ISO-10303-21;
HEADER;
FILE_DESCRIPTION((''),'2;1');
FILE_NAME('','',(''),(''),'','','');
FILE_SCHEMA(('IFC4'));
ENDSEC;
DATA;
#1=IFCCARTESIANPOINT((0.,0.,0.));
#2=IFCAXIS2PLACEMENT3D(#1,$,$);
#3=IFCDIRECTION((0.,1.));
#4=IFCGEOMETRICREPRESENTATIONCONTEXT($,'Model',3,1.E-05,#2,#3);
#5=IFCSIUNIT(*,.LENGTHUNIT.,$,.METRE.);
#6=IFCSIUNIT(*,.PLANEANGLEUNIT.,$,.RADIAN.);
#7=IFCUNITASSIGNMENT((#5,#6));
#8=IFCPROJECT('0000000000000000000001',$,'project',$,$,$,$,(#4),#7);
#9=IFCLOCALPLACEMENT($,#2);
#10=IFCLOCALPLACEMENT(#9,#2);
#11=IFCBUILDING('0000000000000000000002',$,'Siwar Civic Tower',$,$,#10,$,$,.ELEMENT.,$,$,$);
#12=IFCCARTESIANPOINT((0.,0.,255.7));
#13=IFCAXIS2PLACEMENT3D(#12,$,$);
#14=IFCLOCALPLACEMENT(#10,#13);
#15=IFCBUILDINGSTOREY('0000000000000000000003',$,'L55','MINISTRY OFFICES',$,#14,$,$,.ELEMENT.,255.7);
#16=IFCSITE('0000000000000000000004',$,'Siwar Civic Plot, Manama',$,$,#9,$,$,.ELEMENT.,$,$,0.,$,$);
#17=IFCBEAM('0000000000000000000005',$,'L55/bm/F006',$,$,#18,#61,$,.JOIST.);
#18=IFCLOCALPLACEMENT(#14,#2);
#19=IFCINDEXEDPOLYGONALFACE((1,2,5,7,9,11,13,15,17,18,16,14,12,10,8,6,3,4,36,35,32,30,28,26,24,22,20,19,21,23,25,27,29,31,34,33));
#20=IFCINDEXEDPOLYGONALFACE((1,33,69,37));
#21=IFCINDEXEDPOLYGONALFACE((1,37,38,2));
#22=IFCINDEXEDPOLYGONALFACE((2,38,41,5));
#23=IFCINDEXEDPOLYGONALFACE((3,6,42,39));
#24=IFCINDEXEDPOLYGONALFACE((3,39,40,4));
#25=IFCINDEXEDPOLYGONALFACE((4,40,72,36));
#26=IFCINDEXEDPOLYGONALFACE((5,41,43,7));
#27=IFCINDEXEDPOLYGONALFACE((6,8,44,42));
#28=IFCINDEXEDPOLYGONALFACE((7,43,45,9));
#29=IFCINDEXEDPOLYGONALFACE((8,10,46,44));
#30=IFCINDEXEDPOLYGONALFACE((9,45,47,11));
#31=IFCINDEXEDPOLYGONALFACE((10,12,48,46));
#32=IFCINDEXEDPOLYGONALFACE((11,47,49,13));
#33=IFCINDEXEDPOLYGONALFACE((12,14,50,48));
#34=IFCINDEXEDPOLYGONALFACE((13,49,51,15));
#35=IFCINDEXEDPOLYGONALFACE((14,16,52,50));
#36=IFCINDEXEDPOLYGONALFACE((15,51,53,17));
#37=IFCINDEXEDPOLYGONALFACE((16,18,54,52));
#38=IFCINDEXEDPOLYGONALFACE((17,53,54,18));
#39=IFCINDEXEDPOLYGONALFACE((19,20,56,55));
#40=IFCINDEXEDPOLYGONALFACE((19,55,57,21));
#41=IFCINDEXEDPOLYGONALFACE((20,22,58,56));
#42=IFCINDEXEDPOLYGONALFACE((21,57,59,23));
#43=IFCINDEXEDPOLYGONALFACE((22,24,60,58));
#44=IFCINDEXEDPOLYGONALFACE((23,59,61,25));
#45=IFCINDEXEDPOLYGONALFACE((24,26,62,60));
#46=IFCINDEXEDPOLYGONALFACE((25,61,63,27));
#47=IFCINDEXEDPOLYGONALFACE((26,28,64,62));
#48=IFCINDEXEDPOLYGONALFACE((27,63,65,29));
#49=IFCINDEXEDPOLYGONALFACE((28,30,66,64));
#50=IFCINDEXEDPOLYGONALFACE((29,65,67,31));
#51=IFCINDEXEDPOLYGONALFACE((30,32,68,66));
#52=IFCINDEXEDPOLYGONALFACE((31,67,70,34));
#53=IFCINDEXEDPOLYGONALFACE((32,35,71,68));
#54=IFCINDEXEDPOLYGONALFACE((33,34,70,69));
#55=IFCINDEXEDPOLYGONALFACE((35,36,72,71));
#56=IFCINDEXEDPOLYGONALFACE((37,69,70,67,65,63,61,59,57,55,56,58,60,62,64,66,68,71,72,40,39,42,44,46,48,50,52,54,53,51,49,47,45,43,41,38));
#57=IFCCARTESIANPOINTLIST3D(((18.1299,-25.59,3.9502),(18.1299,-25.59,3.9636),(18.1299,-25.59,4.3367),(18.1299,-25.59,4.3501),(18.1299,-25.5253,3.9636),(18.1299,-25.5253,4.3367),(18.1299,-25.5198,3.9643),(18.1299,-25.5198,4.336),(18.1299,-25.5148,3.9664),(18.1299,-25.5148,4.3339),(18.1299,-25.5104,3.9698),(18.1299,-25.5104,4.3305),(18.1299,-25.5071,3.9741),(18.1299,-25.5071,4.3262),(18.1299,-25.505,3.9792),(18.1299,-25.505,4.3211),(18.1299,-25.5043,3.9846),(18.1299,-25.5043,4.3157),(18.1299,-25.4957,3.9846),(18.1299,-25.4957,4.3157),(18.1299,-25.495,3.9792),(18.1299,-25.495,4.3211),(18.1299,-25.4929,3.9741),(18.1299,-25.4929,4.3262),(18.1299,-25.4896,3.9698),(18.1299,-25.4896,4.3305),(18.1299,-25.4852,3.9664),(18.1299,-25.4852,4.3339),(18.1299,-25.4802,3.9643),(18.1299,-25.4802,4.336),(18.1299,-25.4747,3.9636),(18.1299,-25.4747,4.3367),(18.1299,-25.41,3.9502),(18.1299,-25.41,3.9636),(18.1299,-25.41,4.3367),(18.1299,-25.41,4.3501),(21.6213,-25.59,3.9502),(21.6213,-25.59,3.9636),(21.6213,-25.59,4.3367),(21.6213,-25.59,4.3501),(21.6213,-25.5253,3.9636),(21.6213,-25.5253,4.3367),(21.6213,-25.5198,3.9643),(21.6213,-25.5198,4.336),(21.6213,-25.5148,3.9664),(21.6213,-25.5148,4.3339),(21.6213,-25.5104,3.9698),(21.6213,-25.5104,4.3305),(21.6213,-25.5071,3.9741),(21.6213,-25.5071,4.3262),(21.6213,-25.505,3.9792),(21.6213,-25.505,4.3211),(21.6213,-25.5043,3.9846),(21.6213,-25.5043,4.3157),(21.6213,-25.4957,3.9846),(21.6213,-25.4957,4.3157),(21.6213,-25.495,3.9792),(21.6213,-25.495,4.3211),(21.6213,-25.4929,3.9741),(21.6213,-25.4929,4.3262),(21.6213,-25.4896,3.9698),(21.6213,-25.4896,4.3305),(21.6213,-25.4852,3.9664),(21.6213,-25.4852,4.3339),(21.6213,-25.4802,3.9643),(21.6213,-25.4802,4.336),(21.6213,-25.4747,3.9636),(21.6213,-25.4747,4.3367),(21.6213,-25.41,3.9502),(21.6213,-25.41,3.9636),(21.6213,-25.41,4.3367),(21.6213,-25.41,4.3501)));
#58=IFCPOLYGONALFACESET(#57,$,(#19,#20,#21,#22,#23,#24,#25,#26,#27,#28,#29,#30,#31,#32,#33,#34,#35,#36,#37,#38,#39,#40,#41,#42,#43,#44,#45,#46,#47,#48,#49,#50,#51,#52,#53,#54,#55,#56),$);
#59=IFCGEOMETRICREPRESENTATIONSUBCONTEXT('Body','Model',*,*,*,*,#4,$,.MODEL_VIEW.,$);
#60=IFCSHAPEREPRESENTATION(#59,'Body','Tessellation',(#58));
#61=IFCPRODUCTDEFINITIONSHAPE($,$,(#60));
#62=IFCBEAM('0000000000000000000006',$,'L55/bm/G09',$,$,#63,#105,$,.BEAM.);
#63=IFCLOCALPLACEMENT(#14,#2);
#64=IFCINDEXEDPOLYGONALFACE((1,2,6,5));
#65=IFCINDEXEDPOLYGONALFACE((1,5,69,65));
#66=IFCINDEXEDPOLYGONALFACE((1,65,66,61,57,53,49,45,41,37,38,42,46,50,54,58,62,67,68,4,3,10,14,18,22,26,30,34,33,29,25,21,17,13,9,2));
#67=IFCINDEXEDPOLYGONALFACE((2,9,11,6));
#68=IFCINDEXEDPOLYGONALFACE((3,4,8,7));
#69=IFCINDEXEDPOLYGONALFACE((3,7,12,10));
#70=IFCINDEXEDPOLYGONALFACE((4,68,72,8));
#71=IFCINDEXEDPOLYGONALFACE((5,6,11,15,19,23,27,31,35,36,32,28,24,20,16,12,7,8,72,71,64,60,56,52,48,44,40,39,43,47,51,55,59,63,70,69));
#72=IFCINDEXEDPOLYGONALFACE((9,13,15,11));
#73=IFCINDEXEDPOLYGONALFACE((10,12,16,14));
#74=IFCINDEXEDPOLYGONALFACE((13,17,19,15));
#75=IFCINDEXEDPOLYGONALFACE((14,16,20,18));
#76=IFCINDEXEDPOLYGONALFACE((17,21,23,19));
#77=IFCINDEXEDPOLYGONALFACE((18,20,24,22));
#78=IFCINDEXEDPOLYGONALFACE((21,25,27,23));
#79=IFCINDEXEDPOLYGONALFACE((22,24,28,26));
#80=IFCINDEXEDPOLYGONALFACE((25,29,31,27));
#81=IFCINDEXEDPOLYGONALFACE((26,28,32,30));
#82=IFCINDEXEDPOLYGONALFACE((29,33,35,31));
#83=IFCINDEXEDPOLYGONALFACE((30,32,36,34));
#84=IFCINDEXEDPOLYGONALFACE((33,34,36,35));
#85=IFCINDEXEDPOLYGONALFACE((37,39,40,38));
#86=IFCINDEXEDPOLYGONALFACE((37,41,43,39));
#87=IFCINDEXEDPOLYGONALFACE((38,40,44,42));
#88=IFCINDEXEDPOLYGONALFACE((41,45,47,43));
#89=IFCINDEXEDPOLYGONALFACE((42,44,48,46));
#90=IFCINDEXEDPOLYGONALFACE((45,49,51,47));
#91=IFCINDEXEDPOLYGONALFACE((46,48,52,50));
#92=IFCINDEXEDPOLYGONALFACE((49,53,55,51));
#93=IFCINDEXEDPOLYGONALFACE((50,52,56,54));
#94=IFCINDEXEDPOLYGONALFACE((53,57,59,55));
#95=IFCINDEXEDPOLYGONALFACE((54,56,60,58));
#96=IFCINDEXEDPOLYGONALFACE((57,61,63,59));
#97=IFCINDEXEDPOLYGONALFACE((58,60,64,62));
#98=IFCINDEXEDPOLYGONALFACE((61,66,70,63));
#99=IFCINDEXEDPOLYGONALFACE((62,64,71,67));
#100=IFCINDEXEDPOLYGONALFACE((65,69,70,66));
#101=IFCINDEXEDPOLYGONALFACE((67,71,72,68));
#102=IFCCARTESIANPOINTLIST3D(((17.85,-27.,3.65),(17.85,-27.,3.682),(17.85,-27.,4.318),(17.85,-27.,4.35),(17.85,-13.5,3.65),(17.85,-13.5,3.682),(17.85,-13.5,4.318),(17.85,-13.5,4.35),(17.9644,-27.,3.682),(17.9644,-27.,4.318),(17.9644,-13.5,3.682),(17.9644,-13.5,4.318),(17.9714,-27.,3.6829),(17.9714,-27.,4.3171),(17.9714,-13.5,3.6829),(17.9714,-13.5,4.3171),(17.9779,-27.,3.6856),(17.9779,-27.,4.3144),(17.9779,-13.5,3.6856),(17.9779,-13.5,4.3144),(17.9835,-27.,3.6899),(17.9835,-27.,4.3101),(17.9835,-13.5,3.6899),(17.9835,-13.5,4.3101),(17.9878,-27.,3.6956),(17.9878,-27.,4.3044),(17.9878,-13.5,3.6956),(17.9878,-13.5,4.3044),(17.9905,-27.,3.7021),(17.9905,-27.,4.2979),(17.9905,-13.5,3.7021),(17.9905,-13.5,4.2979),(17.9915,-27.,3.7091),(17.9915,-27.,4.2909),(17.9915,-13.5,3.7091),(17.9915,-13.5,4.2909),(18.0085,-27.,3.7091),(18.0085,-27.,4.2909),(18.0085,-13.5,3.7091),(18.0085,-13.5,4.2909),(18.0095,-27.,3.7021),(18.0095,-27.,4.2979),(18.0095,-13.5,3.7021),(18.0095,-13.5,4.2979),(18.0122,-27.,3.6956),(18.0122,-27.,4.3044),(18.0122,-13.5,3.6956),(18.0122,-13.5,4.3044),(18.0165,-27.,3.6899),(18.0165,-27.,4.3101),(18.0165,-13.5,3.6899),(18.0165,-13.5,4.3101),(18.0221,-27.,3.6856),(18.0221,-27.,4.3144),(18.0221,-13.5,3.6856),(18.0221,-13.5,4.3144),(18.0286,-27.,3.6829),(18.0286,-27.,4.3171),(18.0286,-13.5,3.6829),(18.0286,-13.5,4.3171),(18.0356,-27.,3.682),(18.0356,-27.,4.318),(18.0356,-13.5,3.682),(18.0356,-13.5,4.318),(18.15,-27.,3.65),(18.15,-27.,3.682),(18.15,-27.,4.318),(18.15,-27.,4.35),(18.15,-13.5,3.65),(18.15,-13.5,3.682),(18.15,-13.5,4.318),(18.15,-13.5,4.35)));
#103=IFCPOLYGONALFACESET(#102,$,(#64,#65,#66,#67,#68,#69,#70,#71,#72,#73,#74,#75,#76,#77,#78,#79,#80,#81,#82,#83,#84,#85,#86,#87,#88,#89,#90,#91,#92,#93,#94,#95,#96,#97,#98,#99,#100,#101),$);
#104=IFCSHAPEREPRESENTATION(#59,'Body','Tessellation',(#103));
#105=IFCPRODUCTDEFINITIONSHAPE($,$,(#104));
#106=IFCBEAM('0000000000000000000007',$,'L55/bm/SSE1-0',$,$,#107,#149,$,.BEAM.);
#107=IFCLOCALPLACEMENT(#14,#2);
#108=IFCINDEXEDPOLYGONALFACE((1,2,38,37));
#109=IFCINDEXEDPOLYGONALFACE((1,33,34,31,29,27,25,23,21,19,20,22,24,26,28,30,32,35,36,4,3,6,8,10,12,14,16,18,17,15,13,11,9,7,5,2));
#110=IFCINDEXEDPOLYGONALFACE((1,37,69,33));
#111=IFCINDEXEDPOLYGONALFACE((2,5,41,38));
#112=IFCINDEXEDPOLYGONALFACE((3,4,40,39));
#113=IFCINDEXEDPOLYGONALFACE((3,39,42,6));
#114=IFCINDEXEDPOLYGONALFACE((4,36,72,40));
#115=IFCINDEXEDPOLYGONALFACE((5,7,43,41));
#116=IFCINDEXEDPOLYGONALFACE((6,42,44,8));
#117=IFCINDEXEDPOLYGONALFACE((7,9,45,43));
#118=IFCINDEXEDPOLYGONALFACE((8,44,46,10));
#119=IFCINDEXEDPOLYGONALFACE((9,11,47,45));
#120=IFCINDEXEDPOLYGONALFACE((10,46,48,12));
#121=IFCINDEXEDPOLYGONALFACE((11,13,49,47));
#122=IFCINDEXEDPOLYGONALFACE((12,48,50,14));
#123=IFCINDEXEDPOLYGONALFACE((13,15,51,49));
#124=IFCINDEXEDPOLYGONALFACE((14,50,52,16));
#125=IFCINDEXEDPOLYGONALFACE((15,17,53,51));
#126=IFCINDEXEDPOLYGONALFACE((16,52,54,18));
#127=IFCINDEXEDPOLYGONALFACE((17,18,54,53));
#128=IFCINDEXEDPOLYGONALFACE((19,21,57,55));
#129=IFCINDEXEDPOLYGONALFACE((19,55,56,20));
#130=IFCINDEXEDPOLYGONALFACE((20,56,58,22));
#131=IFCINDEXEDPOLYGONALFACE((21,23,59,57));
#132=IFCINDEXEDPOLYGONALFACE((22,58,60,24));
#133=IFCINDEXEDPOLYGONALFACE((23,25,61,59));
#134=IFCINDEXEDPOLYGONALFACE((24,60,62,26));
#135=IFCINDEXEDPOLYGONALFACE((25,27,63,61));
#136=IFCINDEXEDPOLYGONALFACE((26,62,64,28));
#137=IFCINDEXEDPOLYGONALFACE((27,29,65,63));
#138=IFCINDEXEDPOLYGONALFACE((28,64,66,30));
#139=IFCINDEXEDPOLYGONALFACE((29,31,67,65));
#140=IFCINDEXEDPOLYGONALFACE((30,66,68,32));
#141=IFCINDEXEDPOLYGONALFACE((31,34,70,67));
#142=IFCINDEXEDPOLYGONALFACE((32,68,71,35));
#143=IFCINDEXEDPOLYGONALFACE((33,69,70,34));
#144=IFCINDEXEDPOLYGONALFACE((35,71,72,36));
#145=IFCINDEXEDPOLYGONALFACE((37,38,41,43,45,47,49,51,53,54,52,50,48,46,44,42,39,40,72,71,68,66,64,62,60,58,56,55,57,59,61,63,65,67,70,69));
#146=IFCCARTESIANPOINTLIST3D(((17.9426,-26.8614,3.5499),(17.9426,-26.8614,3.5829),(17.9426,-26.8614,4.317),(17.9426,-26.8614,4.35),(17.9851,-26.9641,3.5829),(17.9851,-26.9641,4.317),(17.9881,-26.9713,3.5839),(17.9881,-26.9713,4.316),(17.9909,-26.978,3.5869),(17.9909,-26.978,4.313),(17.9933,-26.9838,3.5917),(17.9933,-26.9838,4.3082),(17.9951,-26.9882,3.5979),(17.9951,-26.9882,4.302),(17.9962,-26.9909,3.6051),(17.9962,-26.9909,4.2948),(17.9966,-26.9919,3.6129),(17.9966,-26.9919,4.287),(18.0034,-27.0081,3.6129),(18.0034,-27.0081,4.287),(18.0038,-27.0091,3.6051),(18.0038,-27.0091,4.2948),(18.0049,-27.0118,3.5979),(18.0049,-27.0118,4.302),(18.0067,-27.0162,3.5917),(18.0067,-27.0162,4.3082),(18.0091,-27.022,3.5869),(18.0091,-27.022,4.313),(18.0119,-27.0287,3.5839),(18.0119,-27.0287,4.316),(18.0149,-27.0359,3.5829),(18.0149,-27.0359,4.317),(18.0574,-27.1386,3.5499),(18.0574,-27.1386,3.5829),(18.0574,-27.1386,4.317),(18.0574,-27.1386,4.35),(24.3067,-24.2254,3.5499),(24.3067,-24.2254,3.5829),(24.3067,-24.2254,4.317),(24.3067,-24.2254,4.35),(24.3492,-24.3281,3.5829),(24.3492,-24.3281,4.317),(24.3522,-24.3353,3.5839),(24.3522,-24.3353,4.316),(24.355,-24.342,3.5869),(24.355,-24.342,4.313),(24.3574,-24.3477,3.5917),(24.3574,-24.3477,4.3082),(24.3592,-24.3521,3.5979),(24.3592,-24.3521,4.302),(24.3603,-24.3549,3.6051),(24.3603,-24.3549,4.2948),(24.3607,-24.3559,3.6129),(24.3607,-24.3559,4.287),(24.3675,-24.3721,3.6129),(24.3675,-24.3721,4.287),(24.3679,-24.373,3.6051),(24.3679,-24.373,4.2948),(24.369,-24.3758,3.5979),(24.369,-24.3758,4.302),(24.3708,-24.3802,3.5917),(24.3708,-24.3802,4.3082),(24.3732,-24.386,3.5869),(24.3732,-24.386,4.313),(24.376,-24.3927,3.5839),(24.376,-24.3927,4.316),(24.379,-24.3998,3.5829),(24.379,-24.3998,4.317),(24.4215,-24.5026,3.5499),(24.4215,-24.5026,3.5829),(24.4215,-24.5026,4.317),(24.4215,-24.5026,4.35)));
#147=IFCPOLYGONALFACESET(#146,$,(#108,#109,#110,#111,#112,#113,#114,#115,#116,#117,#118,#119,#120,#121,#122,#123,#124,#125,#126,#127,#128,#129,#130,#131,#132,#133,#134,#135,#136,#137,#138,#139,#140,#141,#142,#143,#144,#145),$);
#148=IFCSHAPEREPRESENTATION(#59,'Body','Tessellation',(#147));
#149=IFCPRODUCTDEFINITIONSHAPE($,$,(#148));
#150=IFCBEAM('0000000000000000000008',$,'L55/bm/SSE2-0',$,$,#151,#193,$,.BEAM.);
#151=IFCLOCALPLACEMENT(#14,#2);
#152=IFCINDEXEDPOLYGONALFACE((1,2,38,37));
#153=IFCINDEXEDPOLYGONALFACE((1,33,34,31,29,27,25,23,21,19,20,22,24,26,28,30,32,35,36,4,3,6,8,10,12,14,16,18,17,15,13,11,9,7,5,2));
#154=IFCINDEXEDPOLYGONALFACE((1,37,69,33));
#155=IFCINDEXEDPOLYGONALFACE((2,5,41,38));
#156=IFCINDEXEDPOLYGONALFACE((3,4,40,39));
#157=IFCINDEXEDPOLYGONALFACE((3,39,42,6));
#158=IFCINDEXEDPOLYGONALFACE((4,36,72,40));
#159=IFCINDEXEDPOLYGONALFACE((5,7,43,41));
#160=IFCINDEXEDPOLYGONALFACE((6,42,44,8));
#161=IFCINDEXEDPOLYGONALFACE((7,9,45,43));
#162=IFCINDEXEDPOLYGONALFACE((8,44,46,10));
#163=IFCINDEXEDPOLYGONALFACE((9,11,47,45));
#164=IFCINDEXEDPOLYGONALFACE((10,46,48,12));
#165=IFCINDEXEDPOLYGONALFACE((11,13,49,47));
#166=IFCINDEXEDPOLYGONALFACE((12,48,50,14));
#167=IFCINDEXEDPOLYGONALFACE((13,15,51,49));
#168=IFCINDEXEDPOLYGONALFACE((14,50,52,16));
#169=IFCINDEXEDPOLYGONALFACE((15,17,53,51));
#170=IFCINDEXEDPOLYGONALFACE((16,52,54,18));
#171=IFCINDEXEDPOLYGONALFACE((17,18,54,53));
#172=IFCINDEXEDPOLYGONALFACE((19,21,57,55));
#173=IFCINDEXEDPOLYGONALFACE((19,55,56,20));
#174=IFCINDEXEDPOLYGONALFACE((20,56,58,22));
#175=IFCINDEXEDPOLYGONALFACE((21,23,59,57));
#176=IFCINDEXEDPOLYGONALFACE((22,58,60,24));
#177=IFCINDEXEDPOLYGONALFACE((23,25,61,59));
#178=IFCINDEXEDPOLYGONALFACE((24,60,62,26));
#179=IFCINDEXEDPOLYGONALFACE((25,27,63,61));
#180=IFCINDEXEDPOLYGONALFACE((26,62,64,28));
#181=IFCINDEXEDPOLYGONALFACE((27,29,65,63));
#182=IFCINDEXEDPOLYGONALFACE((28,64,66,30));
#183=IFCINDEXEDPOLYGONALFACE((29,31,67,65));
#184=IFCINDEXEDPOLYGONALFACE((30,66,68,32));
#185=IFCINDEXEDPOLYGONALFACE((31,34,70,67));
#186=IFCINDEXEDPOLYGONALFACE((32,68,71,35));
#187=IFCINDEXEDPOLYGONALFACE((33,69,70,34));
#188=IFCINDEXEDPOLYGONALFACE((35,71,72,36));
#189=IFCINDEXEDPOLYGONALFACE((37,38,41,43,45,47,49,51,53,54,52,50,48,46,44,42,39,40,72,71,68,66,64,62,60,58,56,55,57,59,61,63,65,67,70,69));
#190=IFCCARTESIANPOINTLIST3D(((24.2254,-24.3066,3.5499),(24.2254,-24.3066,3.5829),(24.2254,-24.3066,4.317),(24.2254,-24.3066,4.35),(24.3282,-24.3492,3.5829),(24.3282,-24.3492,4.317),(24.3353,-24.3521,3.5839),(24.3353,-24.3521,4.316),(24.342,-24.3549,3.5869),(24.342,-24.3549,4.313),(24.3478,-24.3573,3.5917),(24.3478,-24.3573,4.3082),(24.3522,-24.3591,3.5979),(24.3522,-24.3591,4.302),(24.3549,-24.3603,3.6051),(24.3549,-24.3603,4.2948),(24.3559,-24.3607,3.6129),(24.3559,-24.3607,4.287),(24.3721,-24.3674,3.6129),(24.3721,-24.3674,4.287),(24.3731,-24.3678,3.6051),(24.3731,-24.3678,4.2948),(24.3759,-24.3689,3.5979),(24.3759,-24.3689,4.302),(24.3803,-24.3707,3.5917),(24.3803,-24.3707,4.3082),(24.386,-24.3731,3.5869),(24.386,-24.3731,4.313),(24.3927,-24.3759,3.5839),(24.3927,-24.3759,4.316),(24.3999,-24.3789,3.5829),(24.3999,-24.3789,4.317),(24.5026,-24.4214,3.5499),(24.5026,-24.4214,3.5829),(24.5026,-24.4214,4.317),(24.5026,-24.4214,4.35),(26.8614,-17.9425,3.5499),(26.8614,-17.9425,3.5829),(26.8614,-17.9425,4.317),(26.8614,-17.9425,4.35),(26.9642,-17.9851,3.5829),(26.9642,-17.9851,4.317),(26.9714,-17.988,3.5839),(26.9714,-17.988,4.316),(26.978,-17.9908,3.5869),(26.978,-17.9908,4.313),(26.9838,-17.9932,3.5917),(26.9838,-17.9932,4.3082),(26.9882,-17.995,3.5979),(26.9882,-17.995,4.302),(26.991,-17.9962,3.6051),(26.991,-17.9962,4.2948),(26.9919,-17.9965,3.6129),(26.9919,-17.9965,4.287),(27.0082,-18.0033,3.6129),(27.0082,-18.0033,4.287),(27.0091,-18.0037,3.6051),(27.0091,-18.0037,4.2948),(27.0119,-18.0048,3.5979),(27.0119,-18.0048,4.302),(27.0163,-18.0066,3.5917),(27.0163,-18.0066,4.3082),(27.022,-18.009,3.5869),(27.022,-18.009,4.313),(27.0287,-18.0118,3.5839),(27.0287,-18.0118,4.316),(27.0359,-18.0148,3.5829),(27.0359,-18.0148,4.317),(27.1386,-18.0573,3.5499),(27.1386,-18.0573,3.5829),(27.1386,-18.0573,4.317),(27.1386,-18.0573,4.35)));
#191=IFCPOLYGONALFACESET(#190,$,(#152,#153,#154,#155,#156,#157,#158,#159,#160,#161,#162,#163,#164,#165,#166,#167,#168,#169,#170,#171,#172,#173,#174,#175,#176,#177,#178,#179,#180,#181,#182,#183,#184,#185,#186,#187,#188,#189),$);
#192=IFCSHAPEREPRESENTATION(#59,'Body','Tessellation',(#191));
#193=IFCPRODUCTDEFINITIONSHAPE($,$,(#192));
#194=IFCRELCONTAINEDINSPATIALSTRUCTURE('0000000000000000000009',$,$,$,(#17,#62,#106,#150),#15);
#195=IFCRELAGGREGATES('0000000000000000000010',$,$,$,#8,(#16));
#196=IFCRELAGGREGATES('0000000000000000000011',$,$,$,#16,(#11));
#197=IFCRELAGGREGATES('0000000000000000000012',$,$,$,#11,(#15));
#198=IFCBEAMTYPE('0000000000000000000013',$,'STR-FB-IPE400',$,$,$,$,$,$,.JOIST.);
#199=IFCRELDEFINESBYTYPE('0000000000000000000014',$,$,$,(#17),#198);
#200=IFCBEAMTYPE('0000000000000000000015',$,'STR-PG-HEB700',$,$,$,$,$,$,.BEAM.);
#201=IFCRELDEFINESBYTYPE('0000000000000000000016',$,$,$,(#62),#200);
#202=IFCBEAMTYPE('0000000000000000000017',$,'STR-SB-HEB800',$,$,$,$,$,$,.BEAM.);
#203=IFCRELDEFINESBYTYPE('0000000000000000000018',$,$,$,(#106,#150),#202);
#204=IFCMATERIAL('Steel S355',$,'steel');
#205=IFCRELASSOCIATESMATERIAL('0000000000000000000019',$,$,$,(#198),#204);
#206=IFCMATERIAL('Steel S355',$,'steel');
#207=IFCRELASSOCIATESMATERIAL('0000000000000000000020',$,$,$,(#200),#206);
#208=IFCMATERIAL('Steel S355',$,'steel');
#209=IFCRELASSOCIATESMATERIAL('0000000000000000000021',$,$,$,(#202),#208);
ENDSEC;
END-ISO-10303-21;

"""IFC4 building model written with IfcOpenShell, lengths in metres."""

from ifc_helpers import new_model, si_unit, direction, frame, origin, origin_2d, place, context, subcontext, project, spatial, i_section, extrude, material, material_profile, profile_set, type_object, element, save


model = new_model("IFC4")

# Units and contexts
model_context = context("Model", 3, precision=1e-05, world=origin(), true_north=direction((0.0, 1.0)))
body_context = subcontext(model_context, "Body", "Model", "MODEL_VIEW")
ifc_project = project(units=[si_unit("LENGTHUNIT", "METRE"), si_unit("PLANEANGLEUNIT", "RADIAN")], contexts=[model_context])

# Site, building, storey
site_placement = place(None, origin())
site = spatial("IfcSite", under=ifc_project, at=site_placement, Name="Siwar Civic Plot, Manama", CompositionType="ELEMENT", RefElevation=0.0)
building_placement = place(site_placement, origin())
building = spatial("IfcBuilding", under=site, at=building_placement, Name="Siwar Civic Tower", CompositionType="ELEMENT")
storey_placement = place(building_placement, frame((0.0, 0.0, 255.7)))
storey = spatial("IfcBuildingStorey", under=building, at=storey_placement, Name="L55", Description="MINISTRY OFFICES", CompositionType="ELEMENT", Elevation=255.7)

# Beams
ifc_material_1 = material(Name="Steel S355", Category="steel")
ifc_material_profile_1 = material_profile(ifc_material_1, i_section(OverallWidth=0.1799, OverallDepth=0.3999, WebThickness=0.0085, FlangeThickness=0.0134, FilletRadius=0.021, at=origin_2d()), Name="IPE400")
ifc_profile_set_1 = profile_set([ifc_material_profile_1], Name="Steel S355")
beam_type_1 = type_object("IfcBeamType", Name="STR-FB-IPE400", PredefinedType="JOIST", material=ifc_profile_set_1)
beam_1_placement = place(storey_placement, frame((18.1299, -25.5, 4.1501), z_axis=(1.0, 0.0, 0.0), x_axis=(0.0, 1.0, 0.0)))
element("IfcBeam", 1, at=beam_1_placement, inside=storey, type_object=beam_type_1, Name="L55/bm/F006", PredefinedType="JOIST", context=body_context, shape_type="SweptSolid", body=[
    extrude(i_section(OverallWidth=0.1799, OverallDepth=0.3999, WebThickness=0.0085, FlangeThickness=0.0134, FilletRadius=0.021, at=origin_2d()), origin(), (0.0, 0.0, 1.0), 3.4915),
])
ifc_material_2 = material(Name="Steel S355", Category="steel")
ifc_material_profile_2 = material_profile(ifc_material_2, i_section(OverallWidth=0.3, OverallDepth=0.7, WebThickness=0.0171, FlangeThickness=0.032, FilletRadius=0.0271, at=origin_2d()), Name="HEB700")
ifc_profile_set_2 = profile_set([ifc_material_profile_2], Name="Steel S355")
beam_type_2 = type_object("IfcBeamType", Name="STR-PG-HEB700", PredefinedType="BEAM", material=ifc_profile_set_2)
beam_2_placement = place(storey_placement, frame((18.0, -27.0, 4.0), z_axis=(0.0, 1.0, 0.0), x_axis=(-1.0, 0.0, 0.0)))
element("IfcBeam", 2, at=beam_2_placement, inside=storey, type_object=beam_type_2, Name="L55/bm/G09", PredefinedType="BEAM", context=body_context, shape_type="SweptSolid", body=[
    extrude(i_section(OverallWidth=0.3, OverallDepth=0.7, WebThickness=0.0171, FlangeThickness=0.032, FilletRadius=0.0271, at=origin_2d()), origin(), (0.0, 0.0, 1.0), 13.5),
])
ifc_material_3 = material(Name="Steel S355", Category="steel")
ifc_material_profile_3 = material_profile(ifc_material_3, i_section(OverallWidth=0.3, OverallDepth=0.8, WebThickness=0.0176, FlangeThickness=0.033, FilletRadius=0.03, at=origin_2d()), Name="HEB800")
ifc_profile_set_3 = profile_set([ifc_material_profile_3], Name="Steel S355")
beam_type_3 = type_object("IfcBeamType", Name="STR-SB-HEB800", PredefinedType="BEAM", material=ifc_profile_set_3)
for number, where, z_axis, x_axis, name in (
    (3, (18.0, -27.0, 3.95), (0.923883, 0.382674, 0.0), (-0.382674, 0.923883, 0.0), "L55/bm/SSE1-0"),
    (4, (24.364, -24.364, 3.95), (0.382674, 0.923883, 0.0), (-0.923883, 0.382674, 0.0), "L55/bm/SSE2-0"),
):
    element("IfcBeam", number, at=place(storey_placement, frame(where, z_axis=z_axis, x_axis=x_axis)), inside=storey, type_object=beam_type_3, Name=name, PredefinedType="BEAM", context=body_context, shape_type="SweptSolid", body=[
        extrude(i_section(OverallWidth=0.3, OverallDepth=0.8, WebThickness=0.0176, FlangeThickness=0.033, FilletRadius=0.03, at=origin_2d()), origin(), (0.0, 0.0, 1.0), 6.8884),
    ])

save(model, "model.ifc")
